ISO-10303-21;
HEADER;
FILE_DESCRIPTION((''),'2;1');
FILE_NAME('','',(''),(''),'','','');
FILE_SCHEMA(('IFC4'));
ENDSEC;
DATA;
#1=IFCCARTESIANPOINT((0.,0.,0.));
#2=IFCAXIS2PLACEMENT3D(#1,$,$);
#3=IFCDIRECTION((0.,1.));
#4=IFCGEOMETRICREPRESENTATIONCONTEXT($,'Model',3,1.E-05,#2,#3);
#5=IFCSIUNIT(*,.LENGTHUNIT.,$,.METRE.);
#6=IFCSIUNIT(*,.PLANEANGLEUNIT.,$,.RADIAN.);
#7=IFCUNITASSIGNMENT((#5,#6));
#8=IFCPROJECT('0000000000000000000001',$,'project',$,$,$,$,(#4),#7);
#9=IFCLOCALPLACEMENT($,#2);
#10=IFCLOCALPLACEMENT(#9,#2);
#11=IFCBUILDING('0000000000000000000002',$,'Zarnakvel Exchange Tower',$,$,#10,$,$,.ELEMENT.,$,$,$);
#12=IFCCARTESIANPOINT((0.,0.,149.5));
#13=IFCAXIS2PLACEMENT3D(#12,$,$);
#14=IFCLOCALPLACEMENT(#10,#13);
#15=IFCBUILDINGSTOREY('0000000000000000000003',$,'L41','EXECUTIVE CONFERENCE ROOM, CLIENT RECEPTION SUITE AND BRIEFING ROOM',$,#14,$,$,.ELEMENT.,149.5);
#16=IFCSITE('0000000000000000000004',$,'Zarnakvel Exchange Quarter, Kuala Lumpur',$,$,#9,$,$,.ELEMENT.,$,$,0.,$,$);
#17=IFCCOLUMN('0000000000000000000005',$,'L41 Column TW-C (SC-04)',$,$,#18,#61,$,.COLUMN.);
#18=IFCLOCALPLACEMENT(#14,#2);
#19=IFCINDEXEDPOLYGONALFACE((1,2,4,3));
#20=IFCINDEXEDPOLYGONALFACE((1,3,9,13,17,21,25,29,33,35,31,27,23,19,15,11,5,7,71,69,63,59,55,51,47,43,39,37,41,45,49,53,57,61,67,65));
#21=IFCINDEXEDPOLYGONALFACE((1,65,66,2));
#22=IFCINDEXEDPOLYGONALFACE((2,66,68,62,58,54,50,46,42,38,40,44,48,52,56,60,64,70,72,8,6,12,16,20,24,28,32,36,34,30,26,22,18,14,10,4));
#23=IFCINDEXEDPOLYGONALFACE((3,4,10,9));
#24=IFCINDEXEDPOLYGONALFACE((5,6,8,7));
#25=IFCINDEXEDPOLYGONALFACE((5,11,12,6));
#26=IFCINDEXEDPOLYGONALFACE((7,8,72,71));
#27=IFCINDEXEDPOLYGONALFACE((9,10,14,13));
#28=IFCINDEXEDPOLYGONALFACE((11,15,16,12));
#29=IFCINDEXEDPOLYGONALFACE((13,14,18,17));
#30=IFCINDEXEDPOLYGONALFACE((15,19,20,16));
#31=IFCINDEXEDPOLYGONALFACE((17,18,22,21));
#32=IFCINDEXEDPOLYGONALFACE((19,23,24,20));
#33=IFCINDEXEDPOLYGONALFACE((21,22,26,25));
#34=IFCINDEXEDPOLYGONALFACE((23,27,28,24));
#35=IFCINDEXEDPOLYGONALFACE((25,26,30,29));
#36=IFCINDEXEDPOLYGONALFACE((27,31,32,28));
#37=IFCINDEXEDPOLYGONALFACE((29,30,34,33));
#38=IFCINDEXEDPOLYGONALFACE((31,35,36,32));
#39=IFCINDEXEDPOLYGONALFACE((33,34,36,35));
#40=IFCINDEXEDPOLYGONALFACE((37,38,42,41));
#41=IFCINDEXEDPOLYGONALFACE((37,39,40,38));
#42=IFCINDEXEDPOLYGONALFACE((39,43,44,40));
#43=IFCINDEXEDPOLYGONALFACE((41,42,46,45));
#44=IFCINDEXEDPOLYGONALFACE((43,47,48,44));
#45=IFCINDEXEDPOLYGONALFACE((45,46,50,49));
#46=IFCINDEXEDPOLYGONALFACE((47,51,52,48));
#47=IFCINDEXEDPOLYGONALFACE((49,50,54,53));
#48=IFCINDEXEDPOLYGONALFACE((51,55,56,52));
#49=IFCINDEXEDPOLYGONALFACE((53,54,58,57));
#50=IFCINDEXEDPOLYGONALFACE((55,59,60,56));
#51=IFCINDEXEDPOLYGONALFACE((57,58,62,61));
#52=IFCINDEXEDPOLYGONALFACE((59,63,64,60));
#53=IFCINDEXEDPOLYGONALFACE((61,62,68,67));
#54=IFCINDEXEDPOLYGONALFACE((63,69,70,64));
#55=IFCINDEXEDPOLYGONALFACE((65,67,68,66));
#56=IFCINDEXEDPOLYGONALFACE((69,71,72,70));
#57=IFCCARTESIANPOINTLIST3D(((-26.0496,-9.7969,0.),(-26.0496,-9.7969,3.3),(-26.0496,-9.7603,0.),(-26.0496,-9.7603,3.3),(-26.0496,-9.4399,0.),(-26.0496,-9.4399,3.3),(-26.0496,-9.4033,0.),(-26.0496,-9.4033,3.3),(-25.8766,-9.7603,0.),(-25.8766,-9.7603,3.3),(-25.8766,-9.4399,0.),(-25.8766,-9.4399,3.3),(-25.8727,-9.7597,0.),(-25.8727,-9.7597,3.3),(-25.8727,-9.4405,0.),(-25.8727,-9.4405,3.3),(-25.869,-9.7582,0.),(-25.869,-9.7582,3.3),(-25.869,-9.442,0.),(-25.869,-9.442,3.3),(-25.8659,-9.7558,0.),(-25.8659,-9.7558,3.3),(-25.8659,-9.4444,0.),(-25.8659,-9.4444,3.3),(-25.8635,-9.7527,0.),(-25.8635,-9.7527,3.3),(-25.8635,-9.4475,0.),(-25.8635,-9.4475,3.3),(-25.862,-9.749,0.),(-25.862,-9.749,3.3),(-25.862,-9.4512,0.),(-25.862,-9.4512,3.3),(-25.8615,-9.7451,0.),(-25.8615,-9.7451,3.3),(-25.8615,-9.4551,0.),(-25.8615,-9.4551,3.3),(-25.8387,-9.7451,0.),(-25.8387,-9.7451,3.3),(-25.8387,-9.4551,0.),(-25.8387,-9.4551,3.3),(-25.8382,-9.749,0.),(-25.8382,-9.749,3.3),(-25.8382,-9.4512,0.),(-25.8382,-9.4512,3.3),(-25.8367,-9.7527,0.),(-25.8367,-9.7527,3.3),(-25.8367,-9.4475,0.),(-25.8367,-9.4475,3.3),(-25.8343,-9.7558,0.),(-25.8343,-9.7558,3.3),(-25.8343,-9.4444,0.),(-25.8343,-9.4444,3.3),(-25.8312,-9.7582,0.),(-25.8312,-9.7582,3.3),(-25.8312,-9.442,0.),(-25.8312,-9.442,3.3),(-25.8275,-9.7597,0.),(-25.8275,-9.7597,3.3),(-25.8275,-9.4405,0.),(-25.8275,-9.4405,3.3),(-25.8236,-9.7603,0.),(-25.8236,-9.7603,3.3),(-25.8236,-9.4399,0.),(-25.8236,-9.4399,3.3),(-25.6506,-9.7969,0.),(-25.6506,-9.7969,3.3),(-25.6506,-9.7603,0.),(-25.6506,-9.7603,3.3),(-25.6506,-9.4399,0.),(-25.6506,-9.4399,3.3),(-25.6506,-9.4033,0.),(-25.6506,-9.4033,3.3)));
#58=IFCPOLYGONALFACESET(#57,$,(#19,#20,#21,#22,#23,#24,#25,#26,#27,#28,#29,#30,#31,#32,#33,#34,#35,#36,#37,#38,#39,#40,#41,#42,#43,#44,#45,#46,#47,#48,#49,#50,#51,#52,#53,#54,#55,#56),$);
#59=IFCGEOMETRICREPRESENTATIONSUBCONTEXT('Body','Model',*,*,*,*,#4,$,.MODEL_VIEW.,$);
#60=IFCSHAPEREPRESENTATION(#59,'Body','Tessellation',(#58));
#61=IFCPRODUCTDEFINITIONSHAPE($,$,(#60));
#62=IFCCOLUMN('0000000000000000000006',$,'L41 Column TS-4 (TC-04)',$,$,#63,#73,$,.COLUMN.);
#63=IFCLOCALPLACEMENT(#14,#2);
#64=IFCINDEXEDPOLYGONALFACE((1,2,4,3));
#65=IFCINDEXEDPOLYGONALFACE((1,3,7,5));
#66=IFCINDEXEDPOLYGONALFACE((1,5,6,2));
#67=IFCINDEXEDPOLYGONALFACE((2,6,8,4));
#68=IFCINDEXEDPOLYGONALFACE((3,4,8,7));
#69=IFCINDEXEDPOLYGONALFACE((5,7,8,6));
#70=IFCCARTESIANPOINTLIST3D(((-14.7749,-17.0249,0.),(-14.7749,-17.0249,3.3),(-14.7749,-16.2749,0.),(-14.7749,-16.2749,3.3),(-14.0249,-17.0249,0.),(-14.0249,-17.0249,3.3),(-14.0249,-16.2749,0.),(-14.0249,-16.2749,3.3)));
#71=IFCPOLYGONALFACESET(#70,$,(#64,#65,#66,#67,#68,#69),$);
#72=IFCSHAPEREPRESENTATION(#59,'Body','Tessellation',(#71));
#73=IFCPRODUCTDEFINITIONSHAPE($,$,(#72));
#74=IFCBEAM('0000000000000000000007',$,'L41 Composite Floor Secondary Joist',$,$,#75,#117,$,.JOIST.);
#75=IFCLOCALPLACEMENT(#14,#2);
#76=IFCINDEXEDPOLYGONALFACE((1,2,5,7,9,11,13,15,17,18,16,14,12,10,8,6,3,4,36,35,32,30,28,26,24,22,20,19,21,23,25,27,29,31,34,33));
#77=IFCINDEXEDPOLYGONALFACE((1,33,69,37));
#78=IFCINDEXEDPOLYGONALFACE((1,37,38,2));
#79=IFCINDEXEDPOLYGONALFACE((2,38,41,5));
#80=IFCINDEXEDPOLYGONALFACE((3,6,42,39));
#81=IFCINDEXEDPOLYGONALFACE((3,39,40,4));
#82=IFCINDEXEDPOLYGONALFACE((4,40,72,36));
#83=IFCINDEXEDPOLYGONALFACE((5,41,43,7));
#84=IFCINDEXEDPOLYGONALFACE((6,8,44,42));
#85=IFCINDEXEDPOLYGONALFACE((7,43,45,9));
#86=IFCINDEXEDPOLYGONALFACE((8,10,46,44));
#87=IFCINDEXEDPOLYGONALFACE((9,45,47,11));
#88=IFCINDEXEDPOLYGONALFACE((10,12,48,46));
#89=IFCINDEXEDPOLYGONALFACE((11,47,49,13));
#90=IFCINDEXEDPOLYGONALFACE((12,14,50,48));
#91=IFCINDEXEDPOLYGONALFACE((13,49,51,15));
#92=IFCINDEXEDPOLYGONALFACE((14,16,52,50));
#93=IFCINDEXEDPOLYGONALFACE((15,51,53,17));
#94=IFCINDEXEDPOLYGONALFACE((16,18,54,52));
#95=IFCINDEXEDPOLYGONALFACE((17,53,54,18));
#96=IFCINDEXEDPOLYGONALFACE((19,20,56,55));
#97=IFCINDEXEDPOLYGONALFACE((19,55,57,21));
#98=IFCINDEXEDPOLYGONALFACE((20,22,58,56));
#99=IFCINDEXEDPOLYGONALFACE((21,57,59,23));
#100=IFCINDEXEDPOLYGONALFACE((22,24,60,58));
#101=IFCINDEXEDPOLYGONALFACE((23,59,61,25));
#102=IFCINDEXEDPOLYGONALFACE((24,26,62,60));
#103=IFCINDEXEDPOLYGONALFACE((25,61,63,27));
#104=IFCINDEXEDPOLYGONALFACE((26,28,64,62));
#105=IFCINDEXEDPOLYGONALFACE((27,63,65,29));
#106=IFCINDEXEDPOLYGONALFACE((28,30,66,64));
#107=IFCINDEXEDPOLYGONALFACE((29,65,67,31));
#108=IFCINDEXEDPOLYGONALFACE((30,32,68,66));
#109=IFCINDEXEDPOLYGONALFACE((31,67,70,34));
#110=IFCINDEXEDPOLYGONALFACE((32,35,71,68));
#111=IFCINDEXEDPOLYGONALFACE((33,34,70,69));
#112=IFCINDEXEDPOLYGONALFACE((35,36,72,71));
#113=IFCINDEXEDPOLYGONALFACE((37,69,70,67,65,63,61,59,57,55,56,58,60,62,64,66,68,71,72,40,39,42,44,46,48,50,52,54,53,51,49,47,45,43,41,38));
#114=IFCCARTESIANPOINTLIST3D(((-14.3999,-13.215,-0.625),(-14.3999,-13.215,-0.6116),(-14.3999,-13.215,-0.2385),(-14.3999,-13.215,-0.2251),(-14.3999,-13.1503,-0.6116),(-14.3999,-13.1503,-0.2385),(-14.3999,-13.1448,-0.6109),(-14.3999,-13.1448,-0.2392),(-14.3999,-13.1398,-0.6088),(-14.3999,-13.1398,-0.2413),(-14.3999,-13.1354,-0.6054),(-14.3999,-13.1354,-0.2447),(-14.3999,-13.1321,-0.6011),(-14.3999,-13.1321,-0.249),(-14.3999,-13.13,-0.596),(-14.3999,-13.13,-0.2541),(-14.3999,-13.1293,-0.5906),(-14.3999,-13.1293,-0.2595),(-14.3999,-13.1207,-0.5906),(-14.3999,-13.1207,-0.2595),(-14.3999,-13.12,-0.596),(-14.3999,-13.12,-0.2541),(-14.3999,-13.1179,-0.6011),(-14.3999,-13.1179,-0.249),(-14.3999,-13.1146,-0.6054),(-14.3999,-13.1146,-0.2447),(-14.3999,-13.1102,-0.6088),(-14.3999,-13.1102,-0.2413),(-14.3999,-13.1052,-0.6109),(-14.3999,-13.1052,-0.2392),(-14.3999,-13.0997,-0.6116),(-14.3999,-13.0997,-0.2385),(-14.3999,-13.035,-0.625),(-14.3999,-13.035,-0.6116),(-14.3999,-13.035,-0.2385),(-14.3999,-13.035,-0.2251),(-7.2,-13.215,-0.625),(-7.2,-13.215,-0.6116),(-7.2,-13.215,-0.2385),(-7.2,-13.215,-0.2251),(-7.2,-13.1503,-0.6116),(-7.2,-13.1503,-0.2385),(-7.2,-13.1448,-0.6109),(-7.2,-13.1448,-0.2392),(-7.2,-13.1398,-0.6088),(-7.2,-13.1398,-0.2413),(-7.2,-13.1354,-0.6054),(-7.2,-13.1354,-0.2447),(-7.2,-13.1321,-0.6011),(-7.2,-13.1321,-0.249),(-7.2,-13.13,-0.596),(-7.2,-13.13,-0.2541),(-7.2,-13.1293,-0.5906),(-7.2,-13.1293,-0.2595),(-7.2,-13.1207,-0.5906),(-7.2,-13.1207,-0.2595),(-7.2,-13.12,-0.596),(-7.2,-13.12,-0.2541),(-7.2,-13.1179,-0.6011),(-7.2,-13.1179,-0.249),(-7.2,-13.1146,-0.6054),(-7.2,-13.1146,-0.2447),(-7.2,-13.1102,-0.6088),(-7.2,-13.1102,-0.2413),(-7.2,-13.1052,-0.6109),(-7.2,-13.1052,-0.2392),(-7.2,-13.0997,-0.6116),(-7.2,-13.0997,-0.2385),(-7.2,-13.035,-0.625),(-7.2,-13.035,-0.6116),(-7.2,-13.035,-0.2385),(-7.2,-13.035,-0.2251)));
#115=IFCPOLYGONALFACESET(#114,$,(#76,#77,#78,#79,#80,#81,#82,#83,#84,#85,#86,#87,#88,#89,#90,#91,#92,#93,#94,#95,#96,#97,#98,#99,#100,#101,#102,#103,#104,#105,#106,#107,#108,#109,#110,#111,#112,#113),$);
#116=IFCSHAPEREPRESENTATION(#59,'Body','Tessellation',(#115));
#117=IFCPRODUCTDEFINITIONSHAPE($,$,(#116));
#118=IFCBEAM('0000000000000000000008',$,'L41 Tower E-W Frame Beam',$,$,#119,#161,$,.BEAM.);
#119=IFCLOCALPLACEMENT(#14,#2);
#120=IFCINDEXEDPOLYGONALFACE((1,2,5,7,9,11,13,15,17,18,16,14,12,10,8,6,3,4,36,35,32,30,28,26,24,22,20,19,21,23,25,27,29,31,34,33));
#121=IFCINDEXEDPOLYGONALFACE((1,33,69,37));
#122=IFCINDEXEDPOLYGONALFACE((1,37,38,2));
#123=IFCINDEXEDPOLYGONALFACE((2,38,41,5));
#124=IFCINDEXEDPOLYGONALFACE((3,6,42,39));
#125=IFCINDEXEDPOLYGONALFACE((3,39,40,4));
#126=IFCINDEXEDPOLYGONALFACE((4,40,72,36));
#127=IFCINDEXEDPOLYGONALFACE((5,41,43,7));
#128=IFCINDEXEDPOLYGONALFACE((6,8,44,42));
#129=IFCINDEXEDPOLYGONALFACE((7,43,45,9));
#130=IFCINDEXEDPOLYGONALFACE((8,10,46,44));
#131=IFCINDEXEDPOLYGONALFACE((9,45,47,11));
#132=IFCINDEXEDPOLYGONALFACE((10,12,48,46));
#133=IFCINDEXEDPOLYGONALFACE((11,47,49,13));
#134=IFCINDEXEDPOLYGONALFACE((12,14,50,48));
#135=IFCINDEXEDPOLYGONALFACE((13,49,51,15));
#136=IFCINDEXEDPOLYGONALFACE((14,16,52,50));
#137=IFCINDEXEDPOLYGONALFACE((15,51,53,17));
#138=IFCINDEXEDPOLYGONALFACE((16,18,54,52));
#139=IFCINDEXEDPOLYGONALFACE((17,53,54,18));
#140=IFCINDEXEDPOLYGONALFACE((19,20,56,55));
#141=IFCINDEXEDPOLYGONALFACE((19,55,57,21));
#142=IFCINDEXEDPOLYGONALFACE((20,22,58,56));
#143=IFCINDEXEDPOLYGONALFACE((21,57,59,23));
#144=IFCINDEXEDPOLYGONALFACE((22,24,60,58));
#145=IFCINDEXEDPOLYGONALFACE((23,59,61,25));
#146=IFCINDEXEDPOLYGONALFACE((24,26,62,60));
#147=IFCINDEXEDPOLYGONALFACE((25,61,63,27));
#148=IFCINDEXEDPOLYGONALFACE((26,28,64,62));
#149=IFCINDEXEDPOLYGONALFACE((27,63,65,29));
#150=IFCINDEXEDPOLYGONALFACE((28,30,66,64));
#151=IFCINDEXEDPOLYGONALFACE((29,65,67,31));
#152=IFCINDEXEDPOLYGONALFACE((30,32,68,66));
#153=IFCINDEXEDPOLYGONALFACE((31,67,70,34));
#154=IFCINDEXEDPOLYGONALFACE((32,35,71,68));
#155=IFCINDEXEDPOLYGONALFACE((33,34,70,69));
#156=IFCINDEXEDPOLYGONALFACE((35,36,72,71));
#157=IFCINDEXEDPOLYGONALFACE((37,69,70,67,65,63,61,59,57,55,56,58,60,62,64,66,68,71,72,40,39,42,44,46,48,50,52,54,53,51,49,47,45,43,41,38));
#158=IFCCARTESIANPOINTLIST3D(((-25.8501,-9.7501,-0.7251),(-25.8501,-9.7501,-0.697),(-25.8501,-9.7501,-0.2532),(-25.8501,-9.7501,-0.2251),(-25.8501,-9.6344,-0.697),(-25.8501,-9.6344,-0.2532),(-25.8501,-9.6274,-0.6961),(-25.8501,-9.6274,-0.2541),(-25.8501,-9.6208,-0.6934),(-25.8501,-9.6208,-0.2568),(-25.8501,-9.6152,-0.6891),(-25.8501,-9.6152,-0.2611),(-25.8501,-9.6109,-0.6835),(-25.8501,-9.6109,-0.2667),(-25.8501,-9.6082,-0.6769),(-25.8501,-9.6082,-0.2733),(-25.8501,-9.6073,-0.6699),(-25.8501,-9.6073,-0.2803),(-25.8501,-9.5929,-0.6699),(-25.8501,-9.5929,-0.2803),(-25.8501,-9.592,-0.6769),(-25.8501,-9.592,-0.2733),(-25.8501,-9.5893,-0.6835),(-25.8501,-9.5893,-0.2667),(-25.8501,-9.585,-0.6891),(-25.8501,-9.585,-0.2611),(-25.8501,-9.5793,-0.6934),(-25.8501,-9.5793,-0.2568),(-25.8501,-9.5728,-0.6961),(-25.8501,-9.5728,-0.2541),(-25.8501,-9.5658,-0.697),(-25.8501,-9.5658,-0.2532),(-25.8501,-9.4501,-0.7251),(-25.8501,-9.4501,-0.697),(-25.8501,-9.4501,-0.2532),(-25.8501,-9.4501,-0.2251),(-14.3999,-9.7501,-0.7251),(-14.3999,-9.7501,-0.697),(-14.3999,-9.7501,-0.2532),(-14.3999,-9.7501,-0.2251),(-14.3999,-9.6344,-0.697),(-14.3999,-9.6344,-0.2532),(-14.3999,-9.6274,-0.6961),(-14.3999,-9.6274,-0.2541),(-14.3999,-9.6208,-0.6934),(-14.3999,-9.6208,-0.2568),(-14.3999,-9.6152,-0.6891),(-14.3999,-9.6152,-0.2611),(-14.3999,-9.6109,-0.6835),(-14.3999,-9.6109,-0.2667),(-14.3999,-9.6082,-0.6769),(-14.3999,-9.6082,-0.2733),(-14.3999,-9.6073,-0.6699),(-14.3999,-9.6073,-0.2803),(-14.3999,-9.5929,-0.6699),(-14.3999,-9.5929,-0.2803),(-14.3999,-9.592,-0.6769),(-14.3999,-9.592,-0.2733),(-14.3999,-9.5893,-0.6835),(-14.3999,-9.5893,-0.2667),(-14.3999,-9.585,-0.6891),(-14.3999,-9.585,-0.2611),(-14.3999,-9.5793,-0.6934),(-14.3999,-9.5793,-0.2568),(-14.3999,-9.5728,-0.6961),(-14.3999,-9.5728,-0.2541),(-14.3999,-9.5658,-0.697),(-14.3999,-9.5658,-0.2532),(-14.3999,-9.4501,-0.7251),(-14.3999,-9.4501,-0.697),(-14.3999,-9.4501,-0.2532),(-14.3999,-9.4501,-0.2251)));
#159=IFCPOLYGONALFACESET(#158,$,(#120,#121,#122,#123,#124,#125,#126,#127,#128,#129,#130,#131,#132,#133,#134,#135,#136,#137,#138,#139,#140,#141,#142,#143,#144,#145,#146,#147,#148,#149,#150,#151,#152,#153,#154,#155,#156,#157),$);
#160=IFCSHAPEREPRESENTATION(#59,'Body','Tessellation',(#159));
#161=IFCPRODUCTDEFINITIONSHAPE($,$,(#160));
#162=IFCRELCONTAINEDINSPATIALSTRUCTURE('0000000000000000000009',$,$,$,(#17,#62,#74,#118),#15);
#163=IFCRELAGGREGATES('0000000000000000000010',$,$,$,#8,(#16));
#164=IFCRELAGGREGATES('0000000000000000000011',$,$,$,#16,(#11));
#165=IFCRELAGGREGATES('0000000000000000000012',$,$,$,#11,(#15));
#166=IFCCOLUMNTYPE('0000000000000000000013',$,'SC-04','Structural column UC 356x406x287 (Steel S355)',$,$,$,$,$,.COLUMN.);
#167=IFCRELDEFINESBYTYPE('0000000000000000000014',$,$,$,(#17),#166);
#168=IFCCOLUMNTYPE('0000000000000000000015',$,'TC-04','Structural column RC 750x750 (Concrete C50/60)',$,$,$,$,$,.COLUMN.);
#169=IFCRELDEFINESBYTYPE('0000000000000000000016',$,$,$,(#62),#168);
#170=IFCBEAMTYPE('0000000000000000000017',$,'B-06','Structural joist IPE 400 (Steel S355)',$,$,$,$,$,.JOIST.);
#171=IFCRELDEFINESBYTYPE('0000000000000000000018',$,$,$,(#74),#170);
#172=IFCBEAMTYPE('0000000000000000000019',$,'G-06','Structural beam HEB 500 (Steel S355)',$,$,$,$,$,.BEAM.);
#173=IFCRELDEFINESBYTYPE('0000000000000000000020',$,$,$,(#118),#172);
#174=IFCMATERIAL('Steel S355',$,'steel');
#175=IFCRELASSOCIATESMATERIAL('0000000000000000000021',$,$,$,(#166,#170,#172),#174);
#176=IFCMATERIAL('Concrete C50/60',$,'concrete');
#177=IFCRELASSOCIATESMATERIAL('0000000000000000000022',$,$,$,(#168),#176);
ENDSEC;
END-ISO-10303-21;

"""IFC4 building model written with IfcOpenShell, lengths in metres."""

from ifc_helpers import new_model, si_unit, direction, frame, origin, origin_2d, place, context, subcontext, project, spatial, rectangle, i_section, extrude, material, material_profile, profile_set, type_object, element, save


model = new_model("IFC4")

# Units and contexts
model_context = context("Model", 3, precision=1e-05, world=origin(), true_north=direction((0.0, 1.0)))
body_context = subcontext(model_context, "Body", "Model", "MODEL_VIEW")
ifc_project = project(units=[si_unit("LENGTHUNIT", "METRE"), si_unit("PLANEANGLEUNIT", "RADIAN")], contexts=[model_context])

# Site, building, storey
site_placement = place(None, origin())
site = spatial("IfcSite", under=ifc_project, at=site_placement, Name="Zarnakvel Exchange Quarter, Kuala Lumpur", CompositionType="ELEMENT", RefElevation=0.0)
building_placement = place(site_placement, origin())
building = spatial("IfcBuilding", under=site, at=building_placement, Name="Zarnakvel Exchange Tower", CompositionType="ELEMENT")
storey_placement = place(building_placement, frame((0.0, 0.0, 149.5)))
storey = spatial("IfcBuildingStorey", under=building, at=storey_placement, Name="L41", Description="EXECUTIVE CONFERENCE ROOM, CLIENT RECEPTION SUITE AND BRIEFING ROOM", CompositionType="ELEMENT", Elevation=149.5)

# Columns
ifc_material_1 = material(Name="Steel S355", Category="steel")
ifc_material_profile_1 = material_profile(ifc_material_1, i_section(OverallWidth=0.3989, OverallDepth=0.3936, WebThickness=0.0227, FlangeThickness=0.0366, FilletRadius=0.0151, at=origin_2d()))
ifc_profile_set_1 = profile_set([ifc_material_profile_1], Name="Steel S355")
column_type_1 = type_object("IfcColumnType", Name="SC-04", Description="Structural column UC 356x406x287 (Steel S355)", PredefinedType="COLUMN", material=ifc_profile_set_1)
column_1_placement = place(storey_placement, frame((-25.8501, -9.6001, 0.0), z_axis=(0.0, 0.0, 1.0), x_axis=(1.0, 0.0, 0.0)))
element("IfcColumn", 1, at=column_1_placement, inside=storey, type_object=column_type_1, Name="L41 Column TW-C (SC-04)", PredefinedType="COLUMN", context=body_context, shape_type="SweptSolid", body=[
    extrude(i_section(OverallWidth=0.3989, OverallDepth=0.3936, WebThickness=0.0227, FlangeThickness=0.0366, FilletRadius=0.0151, at=origin_2d()), origin(), (0.0, 0.0, 1.0), 3.3),
])
ifc_material_2 = material(Name="Concrete C50/60", Category="concrete")
ifc_material_profile_2 = material_profile(ifc_material_2, rectangle(XDim=0.75, YDim=0.75, at=origin_2d()))
ifc_profile_set_2 = profile_set([ifc_material_profile_2], Name="Concrete C50/60")
column_type_2 = type_object("IfcColumnType", Name="TC-04", Description="Structural column RC 750x750 (Concrete C50/60)", PredefinedType="COLUMN", material=ifc_profile_set_2)
column_2_placement = place(storey_placement, frame((-14.3999, -16.6499, 0.0), z_axis=(0.0, 0.0, 1.0), x_axis=(1.0, 0.0, 0.0)))
element("IfcColumn", 2, at=column_2_placement, inside=storey, type_object=column_type_2, Name="L41 Column TS-4 (TC-04)", PredefinedType="COLUMN", context=body_context, shape_type="SweptSolid", body=[
    extrude(rectangle(XDim=0.75, YDim=0.75, at=origin_2d()), origin(), (0.0, 0.0, 1.0), 3.3),
])

# Beams
ifc_material_profile_3 = material_profile(ifc_material_1, i_section(OverallWidth=0.1799, OverallDepth=0.3999, WebThickness=0.0085, FlangeThickness=0.0134, FilletRadius=0.021, at=origin_2d()))
ifc_profile_set_3 = profile_set([ifc_material_profile_3], Name="Steel S355")
beam_type_1 = type_object("IfcBeamType", Name="B-06", Description="Structural joist IPE 400 (Steel S355)", PredefinedType="JOIST", material=ifc_profile_set_3)
beam_1_placement = place(storey_placement, frame((-14.3999, -13.125, -0.425), z_axis=(1.0, 0.0, 0.0), x_axis=(0.0, 1.0, 0.0)))
element("IfcBeam", 3, at=beam_1_placement, inside=storey, type_object=beam_type_1, Name="L41 Composite Floor Secondary Joist", PredefinedType="JOIST", context=body_context, shape_type="SweptSolid", body=[
    extrude(i_section(OverallWidth=0.1799, OverallDepth=0.3999, WebThickness=0.0085, FlangeThickness=0.0134, FilletRadius=0.021, at=origin_2d()), origin(), (0.0, 0.0, 1.0), 7.2),
])
ifc_material_profile_4 = material_profile(ifc_material_1, i_section(OverallWidth=0.3, OverallDepth=0.5, WebThickness=0.0144, FlangeThickness=0.0281, FilletRadius=0.0271, at=origin_2d()))
ifc_profile_set_4 = profile_set([ifc_material_profile_4], Name="Steel S355")
beam_type_2 = type_object("IfcBeamType", Name="G-06", Description="Structural beam HEB 500 (Steel S355)", PredefinedType="BEAM", material=ifc_profile_set_4)
beam_2_placement = place(storey_placement, frame((-25.8501, -9.6001, -0.4751), z_axis=(1.0, 0.0, 0.0), x_axis=(0.0, 1.0, 0.0)))
element("IfcBeam", 4, at=beam_2_placement, inside=storey, type_object=beam_type_2, Name="L41 Tower E-W Frame Beam", PredefinedType="BEAM", context=body_context, shape_type="SweptSolid", body=[
    extrude(i_section(OverallWidth=0.3, OverallDepth=0.5, WebThickness=0.0144, FlangeThickness=0.0281, FilletRadius=0.0271, at=origin_2d()), origin(), (0.0, 0.0, 1.0), 11.4502),
])

save(model, "model.ifc")
